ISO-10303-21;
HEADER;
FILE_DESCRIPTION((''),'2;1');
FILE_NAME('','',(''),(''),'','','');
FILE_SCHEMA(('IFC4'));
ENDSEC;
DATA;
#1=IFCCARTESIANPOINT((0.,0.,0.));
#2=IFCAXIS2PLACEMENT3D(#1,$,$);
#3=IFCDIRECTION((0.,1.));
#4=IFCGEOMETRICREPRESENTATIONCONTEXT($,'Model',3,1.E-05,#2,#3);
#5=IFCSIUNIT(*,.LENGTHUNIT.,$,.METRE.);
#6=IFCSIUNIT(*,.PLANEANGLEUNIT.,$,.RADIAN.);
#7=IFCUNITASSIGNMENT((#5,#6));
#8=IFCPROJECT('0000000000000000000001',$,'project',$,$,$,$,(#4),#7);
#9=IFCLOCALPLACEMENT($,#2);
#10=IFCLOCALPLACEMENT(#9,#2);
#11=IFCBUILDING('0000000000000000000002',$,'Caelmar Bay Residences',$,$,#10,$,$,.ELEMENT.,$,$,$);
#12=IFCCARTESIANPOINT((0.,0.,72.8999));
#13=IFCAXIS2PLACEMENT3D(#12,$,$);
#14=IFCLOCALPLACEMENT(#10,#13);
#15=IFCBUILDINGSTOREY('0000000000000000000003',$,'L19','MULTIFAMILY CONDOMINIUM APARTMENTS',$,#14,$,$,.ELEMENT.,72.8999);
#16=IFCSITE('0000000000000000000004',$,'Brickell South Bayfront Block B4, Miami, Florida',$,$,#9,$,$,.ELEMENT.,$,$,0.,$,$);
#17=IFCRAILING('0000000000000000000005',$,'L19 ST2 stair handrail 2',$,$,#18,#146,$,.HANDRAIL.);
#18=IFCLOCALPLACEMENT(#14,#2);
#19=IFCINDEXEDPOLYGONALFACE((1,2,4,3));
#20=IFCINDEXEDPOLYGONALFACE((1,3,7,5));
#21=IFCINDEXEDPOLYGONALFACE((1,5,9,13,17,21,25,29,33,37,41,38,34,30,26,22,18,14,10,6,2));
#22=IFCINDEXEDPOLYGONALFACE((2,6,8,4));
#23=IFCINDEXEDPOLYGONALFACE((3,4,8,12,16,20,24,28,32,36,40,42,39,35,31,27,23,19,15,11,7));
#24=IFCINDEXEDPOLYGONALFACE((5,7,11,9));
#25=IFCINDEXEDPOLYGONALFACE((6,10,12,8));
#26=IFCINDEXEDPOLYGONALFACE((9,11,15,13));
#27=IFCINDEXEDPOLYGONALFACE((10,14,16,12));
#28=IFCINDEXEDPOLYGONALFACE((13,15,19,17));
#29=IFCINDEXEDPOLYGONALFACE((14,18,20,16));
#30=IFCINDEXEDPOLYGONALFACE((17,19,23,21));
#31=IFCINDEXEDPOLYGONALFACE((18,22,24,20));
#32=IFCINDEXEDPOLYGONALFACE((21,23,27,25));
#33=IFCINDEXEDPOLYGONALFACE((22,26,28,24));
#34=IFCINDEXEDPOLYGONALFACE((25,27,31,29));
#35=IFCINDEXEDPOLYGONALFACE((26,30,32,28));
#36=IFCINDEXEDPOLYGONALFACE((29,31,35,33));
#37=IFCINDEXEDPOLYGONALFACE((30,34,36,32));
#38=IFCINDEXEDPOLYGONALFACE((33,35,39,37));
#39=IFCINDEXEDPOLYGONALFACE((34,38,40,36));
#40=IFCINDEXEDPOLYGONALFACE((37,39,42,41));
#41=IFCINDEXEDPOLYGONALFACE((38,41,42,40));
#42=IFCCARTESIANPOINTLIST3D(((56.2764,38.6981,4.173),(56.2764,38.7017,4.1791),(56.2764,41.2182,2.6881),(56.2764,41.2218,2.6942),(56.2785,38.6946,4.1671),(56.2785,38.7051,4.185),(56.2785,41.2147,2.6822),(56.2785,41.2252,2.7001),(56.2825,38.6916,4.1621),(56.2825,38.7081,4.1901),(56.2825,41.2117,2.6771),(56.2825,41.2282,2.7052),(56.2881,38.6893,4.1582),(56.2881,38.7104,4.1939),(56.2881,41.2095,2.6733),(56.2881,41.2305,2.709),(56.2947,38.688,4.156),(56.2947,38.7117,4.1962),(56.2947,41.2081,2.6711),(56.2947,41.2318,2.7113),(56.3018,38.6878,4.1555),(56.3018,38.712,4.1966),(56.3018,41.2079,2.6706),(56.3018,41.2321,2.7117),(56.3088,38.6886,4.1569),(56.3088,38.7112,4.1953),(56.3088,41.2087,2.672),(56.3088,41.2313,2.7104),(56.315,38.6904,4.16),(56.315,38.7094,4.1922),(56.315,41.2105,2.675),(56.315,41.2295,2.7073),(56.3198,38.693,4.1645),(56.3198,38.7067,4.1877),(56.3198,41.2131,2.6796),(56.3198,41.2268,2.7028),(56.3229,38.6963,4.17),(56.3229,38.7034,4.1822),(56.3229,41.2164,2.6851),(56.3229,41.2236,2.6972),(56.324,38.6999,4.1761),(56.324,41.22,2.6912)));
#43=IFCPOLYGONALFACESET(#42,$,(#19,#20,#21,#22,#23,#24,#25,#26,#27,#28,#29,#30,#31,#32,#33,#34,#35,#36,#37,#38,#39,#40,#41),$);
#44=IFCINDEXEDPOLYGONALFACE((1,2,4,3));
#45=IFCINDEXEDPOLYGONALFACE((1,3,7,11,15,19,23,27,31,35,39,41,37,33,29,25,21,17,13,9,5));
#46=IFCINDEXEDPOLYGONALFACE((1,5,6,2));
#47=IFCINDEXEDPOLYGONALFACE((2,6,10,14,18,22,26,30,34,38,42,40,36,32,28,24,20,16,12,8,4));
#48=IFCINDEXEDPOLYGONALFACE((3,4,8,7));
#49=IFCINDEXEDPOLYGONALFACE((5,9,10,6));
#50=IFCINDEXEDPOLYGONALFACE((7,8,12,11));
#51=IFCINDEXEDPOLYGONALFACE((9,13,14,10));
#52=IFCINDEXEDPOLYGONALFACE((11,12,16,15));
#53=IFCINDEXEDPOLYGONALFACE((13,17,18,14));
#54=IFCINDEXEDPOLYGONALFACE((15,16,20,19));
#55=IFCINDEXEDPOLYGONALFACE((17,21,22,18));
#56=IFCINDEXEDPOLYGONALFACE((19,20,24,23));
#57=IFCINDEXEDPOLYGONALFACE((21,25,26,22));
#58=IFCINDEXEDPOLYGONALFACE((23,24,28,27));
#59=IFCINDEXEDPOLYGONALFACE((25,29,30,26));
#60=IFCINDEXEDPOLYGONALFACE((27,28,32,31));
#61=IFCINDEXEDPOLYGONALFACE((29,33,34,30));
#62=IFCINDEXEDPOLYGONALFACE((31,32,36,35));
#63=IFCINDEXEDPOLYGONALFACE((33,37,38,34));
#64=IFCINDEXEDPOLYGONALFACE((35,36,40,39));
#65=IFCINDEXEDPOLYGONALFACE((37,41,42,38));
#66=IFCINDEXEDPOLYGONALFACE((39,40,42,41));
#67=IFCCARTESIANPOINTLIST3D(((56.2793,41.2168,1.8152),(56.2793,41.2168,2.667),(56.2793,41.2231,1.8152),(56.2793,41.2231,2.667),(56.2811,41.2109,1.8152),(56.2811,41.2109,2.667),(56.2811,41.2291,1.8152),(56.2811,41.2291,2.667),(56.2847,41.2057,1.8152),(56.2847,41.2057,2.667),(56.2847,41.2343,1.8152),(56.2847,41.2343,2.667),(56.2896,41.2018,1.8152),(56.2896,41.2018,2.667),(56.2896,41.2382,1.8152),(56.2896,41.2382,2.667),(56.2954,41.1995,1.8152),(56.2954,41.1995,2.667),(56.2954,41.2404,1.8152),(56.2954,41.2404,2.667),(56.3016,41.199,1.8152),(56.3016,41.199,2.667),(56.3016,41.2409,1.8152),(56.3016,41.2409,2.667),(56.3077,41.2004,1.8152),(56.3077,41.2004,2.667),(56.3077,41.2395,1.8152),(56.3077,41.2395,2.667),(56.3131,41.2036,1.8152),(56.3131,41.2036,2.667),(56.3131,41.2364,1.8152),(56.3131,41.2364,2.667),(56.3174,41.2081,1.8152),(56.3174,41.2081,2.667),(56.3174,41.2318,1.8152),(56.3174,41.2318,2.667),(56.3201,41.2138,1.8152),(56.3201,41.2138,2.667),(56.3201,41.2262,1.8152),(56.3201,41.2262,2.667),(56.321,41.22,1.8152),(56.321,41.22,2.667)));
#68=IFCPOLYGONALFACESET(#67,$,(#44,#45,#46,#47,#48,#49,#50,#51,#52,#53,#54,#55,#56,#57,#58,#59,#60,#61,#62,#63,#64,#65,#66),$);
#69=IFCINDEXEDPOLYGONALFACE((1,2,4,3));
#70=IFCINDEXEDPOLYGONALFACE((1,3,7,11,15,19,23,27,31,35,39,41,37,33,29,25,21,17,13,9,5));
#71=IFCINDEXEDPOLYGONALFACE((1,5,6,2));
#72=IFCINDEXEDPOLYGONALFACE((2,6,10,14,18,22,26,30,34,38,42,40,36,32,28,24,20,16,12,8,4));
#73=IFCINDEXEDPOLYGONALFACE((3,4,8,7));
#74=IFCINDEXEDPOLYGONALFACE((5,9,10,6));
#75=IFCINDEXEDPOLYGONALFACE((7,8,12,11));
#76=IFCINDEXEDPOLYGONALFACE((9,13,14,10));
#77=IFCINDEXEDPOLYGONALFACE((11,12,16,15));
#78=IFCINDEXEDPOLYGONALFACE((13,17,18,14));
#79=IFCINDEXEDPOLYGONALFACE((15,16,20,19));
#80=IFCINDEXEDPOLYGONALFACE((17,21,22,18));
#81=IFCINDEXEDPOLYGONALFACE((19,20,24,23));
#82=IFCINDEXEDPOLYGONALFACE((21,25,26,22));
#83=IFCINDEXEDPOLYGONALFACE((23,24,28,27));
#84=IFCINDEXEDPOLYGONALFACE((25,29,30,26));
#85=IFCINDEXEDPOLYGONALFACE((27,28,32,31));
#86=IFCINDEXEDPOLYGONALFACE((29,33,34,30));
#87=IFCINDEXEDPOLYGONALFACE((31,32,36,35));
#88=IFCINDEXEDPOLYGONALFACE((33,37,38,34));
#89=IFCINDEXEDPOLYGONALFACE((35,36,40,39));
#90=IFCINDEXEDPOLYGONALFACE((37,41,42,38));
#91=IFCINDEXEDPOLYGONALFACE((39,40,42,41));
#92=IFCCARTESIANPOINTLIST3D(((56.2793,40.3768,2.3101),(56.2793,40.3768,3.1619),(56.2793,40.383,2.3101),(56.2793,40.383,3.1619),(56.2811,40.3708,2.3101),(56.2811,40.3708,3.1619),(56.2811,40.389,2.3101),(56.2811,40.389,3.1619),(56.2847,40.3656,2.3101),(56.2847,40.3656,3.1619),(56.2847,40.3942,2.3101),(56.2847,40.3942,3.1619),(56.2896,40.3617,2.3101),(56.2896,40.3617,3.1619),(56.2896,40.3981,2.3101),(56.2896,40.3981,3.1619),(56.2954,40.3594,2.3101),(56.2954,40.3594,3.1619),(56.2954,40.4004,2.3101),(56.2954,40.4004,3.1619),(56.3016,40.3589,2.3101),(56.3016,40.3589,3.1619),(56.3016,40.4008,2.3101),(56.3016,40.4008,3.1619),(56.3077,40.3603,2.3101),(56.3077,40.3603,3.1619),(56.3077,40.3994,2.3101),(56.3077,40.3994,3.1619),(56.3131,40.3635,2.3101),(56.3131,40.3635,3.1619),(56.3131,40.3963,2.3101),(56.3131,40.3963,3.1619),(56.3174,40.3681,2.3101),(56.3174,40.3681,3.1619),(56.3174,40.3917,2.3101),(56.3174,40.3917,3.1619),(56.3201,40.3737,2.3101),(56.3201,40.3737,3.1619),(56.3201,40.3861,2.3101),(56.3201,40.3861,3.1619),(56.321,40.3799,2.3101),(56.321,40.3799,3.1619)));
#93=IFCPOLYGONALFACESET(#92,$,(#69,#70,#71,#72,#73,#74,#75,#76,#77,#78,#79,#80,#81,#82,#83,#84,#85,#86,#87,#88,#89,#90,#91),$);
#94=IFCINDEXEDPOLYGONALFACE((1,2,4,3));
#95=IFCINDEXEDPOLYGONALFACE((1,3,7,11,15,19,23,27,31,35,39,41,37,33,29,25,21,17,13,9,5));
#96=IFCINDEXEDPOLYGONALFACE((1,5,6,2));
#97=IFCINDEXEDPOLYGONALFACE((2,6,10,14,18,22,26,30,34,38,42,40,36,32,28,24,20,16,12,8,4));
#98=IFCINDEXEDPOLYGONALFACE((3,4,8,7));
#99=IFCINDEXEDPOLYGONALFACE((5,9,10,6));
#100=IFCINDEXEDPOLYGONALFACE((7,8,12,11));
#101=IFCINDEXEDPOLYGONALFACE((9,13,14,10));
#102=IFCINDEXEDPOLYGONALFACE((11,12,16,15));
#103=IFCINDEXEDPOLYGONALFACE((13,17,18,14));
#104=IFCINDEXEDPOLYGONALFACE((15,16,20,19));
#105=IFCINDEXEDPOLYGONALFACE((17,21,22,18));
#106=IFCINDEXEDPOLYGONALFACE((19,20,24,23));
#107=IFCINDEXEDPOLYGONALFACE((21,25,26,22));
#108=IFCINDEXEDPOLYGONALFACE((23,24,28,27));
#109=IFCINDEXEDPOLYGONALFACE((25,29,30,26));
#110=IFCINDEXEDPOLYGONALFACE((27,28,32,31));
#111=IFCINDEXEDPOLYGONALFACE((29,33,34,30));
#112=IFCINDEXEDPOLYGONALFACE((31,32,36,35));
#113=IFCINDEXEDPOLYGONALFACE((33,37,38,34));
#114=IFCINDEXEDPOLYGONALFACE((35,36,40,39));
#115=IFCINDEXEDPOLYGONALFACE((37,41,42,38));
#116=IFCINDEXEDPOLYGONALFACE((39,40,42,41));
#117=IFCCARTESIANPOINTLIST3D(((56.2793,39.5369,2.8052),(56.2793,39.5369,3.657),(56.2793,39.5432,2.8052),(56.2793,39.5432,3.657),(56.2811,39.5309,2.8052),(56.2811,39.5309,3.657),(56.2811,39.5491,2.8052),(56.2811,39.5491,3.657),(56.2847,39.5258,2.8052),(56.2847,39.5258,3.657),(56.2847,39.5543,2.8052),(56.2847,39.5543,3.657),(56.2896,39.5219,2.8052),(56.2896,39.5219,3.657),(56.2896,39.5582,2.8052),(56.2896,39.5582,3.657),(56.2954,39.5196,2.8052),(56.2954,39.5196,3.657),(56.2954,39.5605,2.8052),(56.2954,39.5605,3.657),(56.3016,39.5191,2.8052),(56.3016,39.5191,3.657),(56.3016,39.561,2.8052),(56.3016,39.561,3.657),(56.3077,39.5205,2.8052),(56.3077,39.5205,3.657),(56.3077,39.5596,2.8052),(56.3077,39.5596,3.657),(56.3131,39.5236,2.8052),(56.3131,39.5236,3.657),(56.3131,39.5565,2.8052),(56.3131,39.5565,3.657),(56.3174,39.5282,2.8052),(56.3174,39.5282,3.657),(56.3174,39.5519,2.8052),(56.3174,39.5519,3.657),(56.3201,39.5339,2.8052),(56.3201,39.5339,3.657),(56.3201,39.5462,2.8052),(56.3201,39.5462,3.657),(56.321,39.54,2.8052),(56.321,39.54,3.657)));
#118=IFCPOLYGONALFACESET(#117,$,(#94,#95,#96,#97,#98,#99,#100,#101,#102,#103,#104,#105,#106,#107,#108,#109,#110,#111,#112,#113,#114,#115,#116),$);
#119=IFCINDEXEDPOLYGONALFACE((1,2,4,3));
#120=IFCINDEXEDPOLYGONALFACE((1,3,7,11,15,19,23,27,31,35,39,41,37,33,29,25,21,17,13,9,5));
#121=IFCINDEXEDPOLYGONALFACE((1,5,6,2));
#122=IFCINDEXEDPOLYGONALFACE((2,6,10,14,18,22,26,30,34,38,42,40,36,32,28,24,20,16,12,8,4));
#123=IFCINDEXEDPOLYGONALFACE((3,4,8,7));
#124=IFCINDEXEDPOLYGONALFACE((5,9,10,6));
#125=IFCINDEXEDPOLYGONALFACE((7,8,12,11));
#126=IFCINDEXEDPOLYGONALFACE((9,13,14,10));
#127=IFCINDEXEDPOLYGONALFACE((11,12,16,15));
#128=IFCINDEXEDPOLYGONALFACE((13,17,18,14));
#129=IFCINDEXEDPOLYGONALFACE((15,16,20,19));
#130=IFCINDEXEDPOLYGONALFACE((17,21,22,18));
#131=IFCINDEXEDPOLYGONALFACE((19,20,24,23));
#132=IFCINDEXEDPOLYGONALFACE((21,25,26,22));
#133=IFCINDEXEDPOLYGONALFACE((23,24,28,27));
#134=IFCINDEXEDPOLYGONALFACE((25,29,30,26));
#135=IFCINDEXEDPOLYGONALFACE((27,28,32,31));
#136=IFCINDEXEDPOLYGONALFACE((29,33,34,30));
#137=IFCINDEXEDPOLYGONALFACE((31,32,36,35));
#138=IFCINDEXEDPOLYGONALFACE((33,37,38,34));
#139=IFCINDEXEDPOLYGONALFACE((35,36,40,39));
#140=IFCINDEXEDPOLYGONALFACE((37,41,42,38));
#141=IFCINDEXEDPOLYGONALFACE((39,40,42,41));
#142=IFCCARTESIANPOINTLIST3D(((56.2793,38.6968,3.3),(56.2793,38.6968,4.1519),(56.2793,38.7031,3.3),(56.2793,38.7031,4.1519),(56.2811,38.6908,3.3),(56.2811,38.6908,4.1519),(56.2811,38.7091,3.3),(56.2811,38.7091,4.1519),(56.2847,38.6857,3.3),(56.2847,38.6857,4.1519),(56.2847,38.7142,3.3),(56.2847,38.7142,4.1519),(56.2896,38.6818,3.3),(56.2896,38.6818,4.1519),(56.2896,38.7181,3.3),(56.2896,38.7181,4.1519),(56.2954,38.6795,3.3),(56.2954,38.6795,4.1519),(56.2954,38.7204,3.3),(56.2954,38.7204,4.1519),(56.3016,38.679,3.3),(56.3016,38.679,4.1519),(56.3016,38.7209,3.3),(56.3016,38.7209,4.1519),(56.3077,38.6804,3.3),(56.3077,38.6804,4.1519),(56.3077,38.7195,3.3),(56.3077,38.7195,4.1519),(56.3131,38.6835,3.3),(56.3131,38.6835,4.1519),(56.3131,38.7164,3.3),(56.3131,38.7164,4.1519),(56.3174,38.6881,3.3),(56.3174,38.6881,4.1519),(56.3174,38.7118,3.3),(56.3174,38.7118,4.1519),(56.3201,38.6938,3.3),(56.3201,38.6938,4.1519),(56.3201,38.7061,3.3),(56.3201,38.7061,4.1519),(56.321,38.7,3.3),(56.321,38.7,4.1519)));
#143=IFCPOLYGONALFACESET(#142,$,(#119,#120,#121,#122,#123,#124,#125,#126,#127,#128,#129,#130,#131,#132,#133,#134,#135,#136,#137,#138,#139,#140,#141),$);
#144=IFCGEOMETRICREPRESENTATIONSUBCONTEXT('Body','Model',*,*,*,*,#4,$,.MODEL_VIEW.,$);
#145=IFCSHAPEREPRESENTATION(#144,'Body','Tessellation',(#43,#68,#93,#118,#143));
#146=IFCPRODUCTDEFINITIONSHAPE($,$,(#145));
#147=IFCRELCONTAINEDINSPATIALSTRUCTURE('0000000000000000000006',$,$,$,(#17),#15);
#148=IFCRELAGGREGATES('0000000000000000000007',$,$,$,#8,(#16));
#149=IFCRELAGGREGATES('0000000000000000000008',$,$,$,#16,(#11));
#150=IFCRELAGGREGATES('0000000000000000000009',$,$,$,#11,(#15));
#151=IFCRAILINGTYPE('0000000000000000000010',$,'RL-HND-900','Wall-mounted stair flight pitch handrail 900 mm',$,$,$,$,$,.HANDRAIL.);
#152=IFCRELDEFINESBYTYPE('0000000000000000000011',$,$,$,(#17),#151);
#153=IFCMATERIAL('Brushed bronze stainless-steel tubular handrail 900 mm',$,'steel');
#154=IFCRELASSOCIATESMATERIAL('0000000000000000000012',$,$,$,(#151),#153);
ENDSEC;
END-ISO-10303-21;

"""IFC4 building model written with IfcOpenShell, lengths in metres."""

from ifc_helpers import new_model, si_unit, direction, frame, origin, origin_2d, place, context, subcontext, project, spatial, circle, extrude, material, type_object, element, save


model = new_model("IFC4")

# Units and contexts
model_context = context("Model", 3, precision=1e-05, world=origin(), true_north=direction((0.0, 1.0)))
body_context = subcontext(model_context, "Body", "Model", "MODEL_VIEW")
ifc_project = project(units=[si_unit("LENGTHUNIT", "METRE"), si_unit("PLANEANGLEUNIT", "RADIAN")], contexts=[model_context])

# Site, building, storey
site_placement = place(None, origin())
site = spatial("IfcSite", under=ifc_project, at=site_placement, Name="Brickell South Bayfront Block B4, Miami, Florida", CompositionType="ELEMENT", RefElevation=0.0)
building_placement = place(site_placement, origin())
building = spatial("IfcBuilding", under=site, at=building_placement, Name="Caelmar Bay Residences", CompositionType="ELEMENT")
storey_placement = place(building_placement, frame((0.0, 0.0, 72.8999)))
storey = spatial("IfcBuildingStorey", under=building, at=storey_placement, Name="L19", Description="MULTIFAMILY CONDOMINIUM APARTMENTS", CompositionType="ELEMENT", Elevation=72.8999)

# Railing
ifc_material_1 = material(Name="Brushed bronze stainless-steel tubular handrail 900 mm", Category="steel")
railing_type_1 = type_object("IfcRailingType", Name="RL-HND-900", Description="Wall-mounted stair flight pitch handrail 900 mm", PredefinedType="HANDRAIL", material=ifc_material_1)
railing_1_placement = place(storey_placement, frame((56.3, 41.22, 1.8152)))
element("IfcRailing", 1, at=railing_1_placement, inside=storey, type_object=railing_type_1, Name="L19 ST2 stair handrail 2", PredefinedType="HANDRAIL", context=body_context, shape_type="SweptSolid", body=[
    extrude(circle(Radius=0.0239, at=origin_2d()), frame((0.0, 0.0, 0.876), z_axis=(0.0, -0.861561, 0.507655), x_axis=(1.0, 0.0, 0.0)), (0.0, 0.0, 1.0), 2.925),
    extrude(circle(Radius=0.021, at=origin_2d()), origin(), (0.0, 0.0, 1.0), 0.8518),
    extrude(circle(Radius=0.021, at=origin_2d()), frame((0.0, -0.8401, 0.4949)), (0.0, 0.0, 1.0), 0.8518),
    extrude(circle(Radius=0.021, at=origin_2d()), frame((0.0, -1.6799, 0.99)), (0.0, 0.0, 1.0), 0.8518),
    extrude(circle(Radius=0.021, at=origin_2d()), frame((0.0, -2.52, 1.4849)), (0.0, 0.0, 1.0), 0.8518),
])

save(model, "model.ifc")
